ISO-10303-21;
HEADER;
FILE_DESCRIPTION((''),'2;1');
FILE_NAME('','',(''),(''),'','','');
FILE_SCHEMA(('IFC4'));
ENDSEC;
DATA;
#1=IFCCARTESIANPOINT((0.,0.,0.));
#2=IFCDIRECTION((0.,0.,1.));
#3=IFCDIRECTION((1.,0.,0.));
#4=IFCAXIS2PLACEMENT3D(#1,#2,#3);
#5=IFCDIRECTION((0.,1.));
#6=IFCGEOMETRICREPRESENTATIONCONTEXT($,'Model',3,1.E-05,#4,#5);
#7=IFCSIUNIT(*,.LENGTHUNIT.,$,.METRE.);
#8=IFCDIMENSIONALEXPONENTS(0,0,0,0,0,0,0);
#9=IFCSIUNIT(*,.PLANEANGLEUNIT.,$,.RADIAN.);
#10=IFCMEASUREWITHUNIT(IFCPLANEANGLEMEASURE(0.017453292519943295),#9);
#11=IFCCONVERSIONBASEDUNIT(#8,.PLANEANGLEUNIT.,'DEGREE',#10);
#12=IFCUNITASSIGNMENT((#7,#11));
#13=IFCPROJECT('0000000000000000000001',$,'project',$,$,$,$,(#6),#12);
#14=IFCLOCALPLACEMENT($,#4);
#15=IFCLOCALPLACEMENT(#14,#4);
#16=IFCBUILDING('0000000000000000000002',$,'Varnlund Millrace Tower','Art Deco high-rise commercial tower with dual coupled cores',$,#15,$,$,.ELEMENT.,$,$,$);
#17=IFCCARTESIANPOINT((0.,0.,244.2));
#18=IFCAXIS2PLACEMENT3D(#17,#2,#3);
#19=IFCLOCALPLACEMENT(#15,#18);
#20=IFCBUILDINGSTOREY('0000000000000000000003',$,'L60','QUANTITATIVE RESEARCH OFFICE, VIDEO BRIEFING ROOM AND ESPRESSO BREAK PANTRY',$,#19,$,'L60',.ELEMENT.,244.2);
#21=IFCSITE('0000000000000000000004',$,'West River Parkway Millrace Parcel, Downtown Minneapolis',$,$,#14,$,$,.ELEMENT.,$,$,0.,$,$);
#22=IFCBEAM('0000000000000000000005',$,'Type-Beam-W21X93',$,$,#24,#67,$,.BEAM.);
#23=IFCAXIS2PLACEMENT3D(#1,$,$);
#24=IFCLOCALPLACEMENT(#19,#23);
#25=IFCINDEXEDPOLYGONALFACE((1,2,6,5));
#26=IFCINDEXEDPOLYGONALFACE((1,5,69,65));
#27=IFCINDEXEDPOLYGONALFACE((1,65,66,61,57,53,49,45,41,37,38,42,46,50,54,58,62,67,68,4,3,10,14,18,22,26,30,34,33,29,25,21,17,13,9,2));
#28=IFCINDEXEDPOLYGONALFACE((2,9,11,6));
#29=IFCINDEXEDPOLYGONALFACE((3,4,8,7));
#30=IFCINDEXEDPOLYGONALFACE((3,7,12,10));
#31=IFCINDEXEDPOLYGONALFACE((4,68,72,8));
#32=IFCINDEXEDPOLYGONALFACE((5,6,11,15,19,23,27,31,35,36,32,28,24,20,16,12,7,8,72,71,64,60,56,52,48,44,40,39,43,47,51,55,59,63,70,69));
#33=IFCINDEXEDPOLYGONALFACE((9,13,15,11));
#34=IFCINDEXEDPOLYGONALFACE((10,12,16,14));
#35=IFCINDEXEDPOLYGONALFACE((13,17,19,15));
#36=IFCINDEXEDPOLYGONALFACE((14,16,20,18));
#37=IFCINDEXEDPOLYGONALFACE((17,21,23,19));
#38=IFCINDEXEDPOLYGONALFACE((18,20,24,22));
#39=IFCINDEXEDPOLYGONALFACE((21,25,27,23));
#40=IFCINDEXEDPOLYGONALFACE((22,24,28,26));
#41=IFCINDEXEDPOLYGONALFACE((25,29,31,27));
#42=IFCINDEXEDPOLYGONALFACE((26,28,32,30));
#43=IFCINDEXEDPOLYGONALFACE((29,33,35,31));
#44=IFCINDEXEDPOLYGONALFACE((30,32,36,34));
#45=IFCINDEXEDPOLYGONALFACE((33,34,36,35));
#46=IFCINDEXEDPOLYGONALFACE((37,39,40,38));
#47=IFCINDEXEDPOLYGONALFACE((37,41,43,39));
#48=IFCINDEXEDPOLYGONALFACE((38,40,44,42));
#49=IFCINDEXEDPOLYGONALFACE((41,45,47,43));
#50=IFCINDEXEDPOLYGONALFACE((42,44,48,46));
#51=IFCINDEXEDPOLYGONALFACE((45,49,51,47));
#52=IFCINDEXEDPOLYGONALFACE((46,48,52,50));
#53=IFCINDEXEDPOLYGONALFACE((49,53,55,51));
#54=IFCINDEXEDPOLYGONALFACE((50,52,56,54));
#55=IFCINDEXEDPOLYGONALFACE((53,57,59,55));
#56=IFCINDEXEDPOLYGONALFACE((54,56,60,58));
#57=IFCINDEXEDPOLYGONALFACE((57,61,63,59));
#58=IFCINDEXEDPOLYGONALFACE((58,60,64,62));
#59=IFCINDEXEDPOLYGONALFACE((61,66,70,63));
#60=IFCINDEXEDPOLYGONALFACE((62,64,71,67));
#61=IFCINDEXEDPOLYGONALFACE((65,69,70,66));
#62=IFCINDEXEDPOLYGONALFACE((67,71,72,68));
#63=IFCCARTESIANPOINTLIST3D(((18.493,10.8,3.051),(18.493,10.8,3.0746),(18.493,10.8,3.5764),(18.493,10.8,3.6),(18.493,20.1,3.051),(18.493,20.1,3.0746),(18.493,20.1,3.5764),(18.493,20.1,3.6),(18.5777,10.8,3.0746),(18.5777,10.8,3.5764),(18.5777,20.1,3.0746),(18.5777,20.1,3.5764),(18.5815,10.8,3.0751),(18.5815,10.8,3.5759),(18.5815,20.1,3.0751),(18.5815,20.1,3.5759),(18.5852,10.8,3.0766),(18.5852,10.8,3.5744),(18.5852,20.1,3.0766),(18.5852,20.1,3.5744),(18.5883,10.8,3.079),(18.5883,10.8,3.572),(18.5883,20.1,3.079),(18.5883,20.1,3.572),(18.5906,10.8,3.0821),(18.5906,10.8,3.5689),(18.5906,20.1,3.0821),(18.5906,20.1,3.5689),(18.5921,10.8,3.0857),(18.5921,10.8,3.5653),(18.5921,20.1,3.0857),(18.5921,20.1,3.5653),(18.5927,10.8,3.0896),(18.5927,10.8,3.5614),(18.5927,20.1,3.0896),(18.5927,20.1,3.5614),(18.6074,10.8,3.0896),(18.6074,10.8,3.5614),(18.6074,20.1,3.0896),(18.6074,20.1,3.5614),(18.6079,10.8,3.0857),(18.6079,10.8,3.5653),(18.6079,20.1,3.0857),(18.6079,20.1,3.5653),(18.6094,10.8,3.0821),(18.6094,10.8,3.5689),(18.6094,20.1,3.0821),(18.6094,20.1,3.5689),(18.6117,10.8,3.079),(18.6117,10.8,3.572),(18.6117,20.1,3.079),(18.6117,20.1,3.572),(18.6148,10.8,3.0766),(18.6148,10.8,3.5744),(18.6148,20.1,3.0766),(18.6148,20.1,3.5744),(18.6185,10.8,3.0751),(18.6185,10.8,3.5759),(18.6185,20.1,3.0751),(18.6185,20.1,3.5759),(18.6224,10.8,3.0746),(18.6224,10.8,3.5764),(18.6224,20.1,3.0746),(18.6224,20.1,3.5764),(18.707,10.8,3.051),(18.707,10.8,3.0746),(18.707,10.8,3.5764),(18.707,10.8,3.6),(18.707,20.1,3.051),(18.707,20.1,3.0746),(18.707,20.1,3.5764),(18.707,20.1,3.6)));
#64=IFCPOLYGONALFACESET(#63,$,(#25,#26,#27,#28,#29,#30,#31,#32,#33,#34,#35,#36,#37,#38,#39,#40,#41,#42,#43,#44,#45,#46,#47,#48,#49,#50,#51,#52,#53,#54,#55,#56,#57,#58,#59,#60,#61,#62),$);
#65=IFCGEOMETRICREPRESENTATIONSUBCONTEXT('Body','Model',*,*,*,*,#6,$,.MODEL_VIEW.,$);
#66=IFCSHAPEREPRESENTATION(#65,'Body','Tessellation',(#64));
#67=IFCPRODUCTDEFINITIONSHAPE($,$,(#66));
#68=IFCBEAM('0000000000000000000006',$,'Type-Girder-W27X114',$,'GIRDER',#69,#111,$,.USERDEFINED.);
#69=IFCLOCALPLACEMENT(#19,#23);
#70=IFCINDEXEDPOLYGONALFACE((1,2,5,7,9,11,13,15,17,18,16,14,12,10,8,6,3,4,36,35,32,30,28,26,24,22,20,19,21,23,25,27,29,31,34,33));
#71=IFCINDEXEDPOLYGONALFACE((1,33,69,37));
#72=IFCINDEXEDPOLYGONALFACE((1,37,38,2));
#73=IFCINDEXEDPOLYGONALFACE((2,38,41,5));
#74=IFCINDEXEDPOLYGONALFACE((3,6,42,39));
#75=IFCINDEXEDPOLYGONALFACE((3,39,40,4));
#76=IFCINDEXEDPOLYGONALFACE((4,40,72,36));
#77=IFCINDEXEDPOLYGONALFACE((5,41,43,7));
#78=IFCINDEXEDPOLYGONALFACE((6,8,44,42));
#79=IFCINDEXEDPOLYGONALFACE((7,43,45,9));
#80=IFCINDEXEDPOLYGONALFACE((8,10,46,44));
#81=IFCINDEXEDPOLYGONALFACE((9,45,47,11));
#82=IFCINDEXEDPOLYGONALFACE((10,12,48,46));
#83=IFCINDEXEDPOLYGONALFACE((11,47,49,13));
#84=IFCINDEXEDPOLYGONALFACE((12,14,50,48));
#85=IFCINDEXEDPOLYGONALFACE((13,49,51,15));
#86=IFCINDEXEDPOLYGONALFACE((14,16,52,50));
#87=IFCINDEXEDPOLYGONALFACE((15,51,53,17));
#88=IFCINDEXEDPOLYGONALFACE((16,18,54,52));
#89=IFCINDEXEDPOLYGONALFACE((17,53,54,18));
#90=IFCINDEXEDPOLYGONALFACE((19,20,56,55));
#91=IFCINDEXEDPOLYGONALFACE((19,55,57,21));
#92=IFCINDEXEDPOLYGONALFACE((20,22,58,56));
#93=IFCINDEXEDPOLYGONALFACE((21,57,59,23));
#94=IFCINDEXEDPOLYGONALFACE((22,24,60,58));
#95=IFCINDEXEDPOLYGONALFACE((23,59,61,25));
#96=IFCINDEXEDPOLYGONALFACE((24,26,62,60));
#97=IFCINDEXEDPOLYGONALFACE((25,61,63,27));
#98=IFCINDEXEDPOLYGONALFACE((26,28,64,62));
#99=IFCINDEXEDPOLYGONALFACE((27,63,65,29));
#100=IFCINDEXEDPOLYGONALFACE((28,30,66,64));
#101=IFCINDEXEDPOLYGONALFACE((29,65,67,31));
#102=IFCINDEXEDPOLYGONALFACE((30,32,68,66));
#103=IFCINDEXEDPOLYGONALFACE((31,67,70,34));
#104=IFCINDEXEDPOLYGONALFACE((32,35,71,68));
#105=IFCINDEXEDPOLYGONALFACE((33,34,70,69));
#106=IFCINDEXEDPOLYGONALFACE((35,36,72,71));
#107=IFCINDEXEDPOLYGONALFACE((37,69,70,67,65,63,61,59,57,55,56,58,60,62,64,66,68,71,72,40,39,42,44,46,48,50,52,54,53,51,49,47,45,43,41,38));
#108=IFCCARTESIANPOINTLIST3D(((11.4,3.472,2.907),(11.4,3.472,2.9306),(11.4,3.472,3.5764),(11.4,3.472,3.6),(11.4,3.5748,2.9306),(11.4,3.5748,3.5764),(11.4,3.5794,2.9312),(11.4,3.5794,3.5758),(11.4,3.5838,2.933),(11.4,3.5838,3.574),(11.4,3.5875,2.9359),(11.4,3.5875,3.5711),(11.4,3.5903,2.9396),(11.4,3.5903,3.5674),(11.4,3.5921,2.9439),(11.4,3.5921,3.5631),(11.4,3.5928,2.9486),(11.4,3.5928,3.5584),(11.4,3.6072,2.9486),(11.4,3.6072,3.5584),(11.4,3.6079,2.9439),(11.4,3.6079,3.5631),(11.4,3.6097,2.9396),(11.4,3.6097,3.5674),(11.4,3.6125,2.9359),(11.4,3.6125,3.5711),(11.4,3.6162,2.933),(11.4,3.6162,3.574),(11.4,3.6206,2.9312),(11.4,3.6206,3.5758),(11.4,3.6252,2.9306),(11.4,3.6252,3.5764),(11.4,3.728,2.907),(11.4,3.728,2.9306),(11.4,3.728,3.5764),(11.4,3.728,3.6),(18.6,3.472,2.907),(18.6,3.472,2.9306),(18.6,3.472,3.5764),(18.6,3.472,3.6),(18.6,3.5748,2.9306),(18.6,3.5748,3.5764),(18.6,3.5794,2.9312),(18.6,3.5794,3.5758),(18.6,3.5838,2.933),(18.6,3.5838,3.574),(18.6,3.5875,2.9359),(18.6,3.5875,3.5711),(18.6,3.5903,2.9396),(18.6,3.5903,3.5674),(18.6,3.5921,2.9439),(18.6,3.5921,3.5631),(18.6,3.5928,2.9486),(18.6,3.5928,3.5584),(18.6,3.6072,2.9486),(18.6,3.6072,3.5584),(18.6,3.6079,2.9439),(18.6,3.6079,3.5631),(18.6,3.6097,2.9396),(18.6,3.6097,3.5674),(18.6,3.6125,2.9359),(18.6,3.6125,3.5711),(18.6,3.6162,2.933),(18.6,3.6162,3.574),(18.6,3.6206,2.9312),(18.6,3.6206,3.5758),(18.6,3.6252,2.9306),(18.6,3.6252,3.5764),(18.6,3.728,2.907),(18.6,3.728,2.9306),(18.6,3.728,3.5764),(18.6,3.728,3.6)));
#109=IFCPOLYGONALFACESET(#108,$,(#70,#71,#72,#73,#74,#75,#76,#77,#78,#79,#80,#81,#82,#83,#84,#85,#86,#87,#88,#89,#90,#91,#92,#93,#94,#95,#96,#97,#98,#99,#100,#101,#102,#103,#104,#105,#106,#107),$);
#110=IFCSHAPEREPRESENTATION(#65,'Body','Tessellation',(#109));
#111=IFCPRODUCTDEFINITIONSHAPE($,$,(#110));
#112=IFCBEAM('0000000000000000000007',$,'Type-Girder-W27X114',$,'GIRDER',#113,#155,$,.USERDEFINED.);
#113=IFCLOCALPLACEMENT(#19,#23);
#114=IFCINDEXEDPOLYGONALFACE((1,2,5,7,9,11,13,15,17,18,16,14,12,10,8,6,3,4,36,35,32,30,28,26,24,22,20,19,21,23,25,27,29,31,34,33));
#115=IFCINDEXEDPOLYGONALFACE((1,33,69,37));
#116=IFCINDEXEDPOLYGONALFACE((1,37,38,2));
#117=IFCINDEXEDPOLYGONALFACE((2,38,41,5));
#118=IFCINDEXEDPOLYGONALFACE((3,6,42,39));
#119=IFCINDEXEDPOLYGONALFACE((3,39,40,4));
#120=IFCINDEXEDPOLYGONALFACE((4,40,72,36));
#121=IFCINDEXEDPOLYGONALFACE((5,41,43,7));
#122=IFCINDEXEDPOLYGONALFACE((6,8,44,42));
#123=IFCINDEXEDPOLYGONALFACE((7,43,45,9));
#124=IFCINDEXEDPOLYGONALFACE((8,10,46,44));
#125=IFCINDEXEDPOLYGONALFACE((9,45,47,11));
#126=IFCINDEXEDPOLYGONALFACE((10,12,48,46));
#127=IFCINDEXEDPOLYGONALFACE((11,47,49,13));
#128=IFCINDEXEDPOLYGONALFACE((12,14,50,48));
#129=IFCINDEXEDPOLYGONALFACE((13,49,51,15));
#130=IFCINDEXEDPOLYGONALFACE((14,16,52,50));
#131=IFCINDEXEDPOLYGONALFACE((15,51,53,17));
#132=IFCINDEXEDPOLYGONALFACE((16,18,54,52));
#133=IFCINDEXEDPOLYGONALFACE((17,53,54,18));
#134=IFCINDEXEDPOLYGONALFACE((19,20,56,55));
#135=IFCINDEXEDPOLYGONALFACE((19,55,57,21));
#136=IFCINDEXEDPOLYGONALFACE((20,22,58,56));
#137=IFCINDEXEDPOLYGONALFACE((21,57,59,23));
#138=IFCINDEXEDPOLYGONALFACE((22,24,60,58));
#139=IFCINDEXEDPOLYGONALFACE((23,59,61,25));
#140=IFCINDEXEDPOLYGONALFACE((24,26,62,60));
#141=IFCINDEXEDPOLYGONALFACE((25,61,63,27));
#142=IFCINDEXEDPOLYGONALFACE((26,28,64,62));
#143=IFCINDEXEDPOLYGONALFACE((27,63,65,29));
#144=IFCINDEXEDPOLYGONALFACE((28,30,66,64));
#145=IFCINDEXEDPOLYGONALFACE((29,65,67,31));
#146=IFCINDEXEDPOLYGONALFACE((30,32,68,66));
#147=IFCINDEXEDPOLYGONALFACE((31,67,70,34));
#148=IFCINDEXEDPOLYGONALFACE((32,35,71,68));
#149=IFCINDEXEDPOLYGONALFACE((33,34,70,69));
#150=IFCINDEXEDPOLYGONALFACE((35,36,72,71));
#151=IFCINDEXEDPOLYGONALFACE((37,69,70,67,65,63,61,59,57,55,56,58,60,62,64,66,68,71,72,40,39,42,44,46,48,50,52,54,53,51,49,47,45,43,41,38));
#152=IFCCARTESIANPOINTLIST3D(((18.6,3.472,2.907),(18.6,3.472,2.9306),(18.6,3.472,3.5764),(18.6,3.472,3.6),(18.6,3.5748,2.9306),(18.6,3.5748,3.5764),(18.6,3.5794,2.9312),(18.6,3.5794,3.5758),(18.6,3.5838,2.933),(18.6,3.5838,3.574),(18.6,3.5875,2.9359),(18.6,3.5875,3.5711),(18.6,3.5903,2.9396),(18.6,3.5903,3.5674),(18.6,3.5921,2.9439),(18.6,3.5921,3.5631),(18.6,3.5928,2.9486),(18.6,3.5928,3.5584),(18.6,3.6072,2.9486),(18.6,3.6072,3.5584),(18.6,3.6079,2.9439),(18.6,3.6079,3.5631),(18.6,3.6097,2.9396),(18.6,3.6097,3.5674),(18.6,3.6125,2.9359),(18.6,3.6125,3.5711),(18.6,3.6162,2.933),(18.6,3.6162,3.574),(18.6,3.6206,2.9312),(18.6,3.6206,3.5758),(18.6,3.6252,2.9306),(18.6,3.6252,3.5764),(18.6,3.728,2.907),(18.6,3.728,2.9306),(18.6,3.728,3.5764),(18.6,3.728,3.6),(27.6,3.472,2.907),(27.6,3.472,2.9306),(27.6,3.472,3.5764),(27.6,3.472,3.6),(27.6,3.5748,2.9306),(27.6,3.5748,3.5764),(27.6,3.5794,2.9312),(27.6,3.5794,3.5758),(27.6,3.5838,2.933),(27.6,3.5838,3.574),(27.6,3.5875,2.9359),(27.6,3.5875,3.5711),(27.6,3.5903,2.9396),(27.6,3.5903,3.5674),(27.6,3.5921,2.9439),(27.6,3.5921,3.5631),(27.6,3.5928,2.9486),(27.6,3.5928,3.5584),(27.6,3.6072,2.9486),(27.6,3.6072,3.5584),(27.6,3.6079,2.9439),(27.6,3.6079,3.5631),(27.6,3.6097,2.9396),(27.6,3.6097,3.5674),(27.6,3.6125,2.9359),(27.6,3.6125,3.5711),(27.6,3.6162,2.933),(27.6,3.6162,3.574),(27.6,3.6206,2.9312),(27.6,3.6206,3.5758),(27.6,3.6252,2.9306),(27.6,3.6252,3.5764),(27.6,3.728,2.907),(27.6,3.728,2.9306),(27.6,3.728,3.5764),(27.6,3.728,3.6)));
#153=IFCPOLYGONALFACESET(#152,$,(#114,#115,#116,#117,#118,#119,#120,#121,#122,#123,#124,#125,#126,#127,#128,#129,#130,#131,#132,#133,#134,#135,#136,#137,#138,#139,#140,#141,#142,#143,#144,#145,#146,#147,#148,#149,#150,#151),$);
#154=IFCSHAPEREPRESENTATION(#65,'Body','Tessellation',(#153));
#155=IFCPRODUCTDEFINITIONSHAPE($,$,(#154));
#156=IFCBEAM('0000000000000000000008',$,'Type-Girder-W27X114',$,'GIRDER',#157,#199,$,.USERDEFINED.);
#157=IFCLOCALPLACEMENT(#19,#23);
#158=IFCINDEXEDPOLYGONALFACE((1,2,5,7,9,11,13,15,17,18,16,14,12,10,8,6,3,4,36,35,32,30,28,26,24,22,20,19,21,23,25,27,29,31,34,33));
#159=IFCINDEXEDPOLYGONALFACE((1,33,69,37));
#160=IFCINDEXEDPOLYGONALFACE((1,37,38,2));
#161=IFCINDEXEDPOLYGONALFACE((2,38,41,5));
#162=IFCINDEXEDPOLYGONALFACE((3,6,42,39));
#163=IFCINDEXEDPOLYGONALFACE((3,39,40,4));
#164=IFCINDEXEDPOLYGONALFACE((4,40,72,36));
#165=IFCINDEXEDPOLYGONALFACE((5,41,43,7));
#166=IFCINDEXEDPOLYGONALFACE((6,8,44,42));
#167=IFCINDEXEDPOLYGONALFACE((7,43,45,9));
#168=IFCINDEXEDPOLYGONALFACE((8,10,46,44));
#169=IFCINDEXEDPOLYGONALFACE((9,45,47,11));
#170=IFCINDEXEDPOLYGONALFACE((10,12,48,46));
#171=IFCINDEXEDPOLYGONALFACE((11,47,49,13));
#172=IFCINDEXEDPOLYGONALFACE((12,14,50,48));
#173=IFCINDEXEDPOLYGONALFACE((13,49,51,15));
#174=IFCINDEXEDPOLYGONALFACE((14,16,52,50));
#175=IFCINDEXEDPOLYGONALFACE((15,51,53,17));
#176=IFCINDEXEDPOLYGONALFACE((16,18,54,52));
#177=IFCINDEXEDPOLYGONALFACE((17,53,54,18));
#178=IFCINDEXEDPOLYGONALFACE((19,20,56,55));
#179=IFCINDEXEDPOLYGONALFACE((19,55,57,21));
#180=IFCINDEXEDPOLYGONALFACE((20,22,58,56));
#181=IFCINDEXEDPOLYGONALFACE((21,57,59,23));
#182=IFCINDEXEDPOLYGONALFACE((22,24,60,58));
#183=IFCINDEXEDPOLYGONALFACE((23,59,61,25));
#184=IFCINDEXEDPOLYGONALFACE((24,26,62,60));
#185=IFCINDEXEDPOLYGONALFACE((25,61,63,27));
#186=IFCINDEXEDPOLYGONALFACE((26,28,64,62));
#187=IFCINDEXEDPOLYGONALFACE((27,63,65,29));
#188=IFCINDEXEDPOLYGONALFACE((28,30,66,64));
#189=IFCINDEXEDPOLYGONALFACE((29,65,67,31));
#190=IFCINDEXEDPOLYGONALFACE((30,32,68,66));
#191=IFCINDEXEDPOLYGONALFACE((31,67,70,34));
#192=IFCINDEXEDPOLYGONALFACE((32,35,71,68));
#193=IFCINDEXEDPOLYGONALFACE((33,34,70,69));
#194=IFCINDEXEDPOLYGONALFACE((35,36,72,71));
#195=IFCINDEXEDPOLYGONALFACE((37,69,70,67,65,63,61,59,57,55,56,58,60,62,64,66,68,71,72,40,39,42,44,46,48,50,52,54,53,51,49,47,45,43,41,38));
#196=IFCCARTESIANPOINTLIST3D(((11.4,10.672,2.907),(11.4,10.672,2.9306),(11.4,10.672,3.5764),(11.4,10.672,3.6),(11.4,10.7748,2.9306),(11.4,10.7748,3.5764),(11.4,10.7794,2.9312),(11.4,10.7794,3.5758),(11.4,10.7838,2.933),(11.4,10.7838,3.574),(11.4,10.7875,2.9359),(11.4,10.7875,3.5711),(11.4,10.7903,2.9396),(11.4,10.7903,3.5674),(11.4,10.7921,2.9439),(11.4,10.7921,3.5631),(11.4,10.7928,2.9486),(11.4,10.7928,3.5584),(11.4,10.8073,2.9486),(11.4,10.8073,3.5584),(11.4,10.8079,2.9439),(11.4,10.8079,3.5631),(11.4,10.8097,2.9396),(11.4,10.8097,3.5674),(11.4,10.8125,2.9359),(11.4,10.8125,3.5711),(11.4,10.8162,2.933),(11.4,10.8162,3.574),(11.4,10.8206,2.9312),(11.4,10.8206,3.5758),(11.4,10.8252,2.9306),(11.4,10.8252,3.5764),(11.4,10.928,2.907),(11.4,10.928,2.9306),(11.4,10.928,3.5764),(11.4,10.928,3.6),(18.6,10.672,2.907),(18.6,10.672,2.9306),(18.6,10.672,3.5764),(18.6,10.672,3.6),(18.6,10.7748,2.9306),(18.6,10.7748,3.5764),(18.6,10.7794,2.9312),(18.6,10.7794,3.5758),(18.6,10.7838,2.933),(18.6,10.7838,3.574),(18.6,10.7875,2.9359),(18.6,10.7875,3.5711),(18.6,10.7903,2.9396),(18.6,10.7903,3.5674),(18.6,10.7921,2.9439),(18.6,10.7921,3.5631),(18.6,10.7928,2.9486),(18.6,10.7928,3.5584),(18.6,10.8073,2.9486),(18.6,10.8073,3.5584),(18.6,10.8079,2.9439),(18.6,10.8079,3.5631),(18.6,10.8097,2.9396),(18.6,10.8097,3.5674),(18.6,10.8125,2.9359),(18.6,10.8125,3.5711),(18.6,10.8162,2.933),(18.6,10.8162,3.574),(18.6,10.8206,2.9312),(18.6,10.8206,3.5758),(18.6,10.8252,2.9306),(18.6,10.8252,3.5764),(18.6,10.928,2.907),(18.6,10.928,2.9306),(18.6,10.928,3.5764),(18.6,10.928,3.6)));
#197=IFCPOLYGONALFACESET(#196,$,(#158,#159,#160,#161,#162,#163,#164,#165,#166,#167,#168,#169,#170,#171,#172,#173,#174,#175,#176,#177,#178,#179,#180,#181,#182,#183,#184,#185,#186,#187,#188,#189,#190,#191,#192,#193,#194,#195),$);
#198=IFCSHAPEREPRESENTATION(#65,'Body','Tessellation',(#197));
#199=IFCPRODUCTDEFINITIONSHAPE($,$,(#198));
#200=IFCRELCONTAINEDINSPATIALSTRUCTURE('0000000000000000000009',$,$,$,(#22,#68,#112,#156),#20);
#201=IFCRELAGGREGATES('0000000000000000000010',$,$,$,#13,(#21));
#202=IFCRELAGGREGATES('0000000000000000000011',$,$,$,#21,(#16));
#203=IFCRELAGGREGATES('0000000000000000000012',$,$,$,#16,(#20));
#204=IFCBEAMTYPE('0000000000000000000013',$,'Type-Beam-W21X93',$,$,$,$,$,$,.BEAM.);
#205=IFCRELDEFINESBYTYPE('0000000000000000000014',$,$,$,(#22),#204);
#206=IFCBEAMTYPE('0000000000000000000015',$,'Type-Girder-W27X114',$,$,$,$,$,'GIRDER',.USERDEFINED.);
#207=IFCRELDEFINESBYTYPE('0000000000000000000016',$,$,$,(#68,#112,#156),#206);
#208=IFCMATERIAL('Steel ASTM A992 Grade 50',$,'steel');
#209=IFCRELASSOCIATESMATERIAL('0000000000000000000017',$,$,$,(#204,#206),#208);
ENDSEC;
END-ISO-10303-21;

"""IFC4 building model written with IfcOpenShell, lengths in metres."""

from ifc_helpers import new_model, entity, si_unit, converted_unit, direction, frame, origin_with_axes, origin_2d_with_axis, place, context, subcontext, project, spatial, i_section, extrude, material, material_profile, profile_set, type_object, element, save


model = new_model("IFC4")

# Units and contexts
model_context = context("Model", 3, precision=1e-05, world=origin_with_axes(), true_north=direction((0.0, 1.0)))
body_context = subcontext(model_context, "Body", "Model", "MODEL_VIEW")
ifc_project = project(units=[si_unit("LENGTHUNIT", "METRE"), converted_unit("PLANEANGLEUNIT", "DEGREE", entity("IfcPlaneAngleMeasure", 0.017453292519943295), si_unit("PLANEANGLEUNIT", "RADIAN"), dimensions=[0, 0, 0, 0, 0, 0, 0])], contexts=[model_context])

# Site, building, storey
site_placement = place(None, origin_with_axes())
site = spatial("IfcSite", under=ifc_project, at=site_placement, Name="West River Parkway Millrace Parcel, Downtown Minneapolis", CompositionType="ELEMENT", RefElevation=0.0)
building_placement = place(site_placement, origin_with_axes())
building = spatial("IfcBuilding", under=site, at=building_placement, Name="Varnlund Millrace Tower", Description="Art Deco high-rise commercial tower with dual coupled cores", CompositionType="ELEMENT")
storey_placement = place(building_placement, frame((0.0, 0.0, 244.2), z_axis=(0.0, 0.0, 1.0), x_axis=(1.0, 0.0, 0.0)))
storey = spatial("IfcBuildingStorey", under=building, at=storey_placement, Name="L60", Description="QUANTITATIVE RESEARCH OFFICE, VIDEO BRIEFING ROOM AND ESPRESSO BREAK PANTRY", LongName="L60", CompositionType="ELEMENT", Elevation=244.2)

# Beams
ifc_material_1 = material(Name="Steel ASTM A992 Grade 50", Category="steel")
ifc_material_profile_1 = material_profile(ifc_material_1, i_section(OverallWidth=0.214, OverallDepth=0.549, WebThickness=0.0147, FlangeThickness=0.0236, FilletRadius=0.015, at=origin_2d_with_axis()), Name="Steel ASTM A992 Grade 50")
ifc_profile_set_1 = profile_set([ifc_material_profile_1], Name="Steel ASTM A992 Grade 50")
beam_type_1 = type_object("IfcBeamType", Name="Type-Beam-W21X93", PredefinedType="BEAM", material=ifc_profile_set_1)
beam_1_placement = place(storey_placement, frame((18.6, 10.8, 3.3255), z_axis=(0.0, 1.0, 0.0), x_axis=(-1.0, 0.0, 0.0)))
element("IfcBeam", 1, at=beam_1_placement, inside=storey, type_object=beam_type_1, Name="Type-Beam-W21X93", PredefinedType="BEAM", context=body_context, shape_type="SweptSolid", body=[
    extrude(i_section(OverallWidth=0.214, OverallDepth=0.549, WebThickness=0.0147, FlangeThickness=0.0236, FilletRadius=0.015, at=origin_2d_with_axis()), origin_with_axes(), (0.0, 0.0, 1.0), 9.3),
])
ifc_material_profile_2 = material_profile(ifc_material_1, i_section(OverallWidth=0.256, OverallDepth=0.693, WebThickness=0.0145, FlangeThickness=0.0236, FilletRadius=0.018, at=origin_2d_with_axis()), Name="Steel ASTM A992 Grade 50")
ifc_profile_set_2 = profile_set([ifc_material_profile_2], Name="Steel ASTM A992 Grade 50")
beam_type_2 = type_object("IfcBeamType", Name="Type-Girder-W27X114", ElementType="GIRDER", PredefinedType="USERDEFINED", material=ifc_profile_set_2)
beam_2_placement = place(storey_placement, frame((11.4, 3.6, 3.2535), z_axis=(1.0, 0.0, 0.0), x_axis=(0.0, 1.0, 0.0)))
element("IfcBeam", 2, at=beam_2_placement, inside=storey, type_object=beam_type_2, Name="Type-Girder-W27X114", ObjectType="GIRDER", PredefinedType="USERDEFINED", context=body_context, shape_type="SweptSolid", body=[
    extrude(i_section(OverallWidth=0.256, OverallDepth=0.693, WebThickness=0.0145, FlangeThickness=0.0236, FilletRadius=0.018, at=origin_2d_with_axis()), origin_with_axes(), (0.0, 0.0, 1.0), 7.2),
])
beam_3_placement = place(storey_placement, frame((18.6, 3.6, 3.2535), z_axis=(1.0, 0.0, 0.0), x_axis=(0.0, 1.0, 0.0)))
element("IfcBeam", 3, at=beam_3_placement, inside=storey, type_object=beam_type_2, Name="Type-Girder-W27X114", ObjectType="GIRDER", PredefinedType="USERDEFINED", context=body_context, shape_type="SweptSolid", body=[
    extrude(i_section(OverallWidth=0.256, OverallDepth=0.693, WebThickness=0.0145, FlangeThickness=0.0236, FilletRadius=0.018, at=origin_2d_with_axis()), origin_with_axes(), (0.0, 0.0, 1.0), 9.0),
])
beam_4_placement = place(storey_placement, frame((11.4, 10.8, 3.2535), z_axis=(1.0, 0.0, 0.0), x_axis=(0.0, 1.0, 0.0)))
element("IfcBeam", 4, at=beam_4_placement, inside=storey, type_object=beam_type_2, Name="Type-Girder-W27X114", ObjectType="GIRDER", PredefinedType="USERDEFINED", context=body_context, shape_type="SweptSolid", body=[
    extrude(i_section(OverallWidth=0.256, OverallDepth=0.693, WebThickness=0.0145, FlangeThickness=0.0236, FilletRadius=0.018, at=origin_2d_with_axis()), origin_with_axes(), (0.0, 0.0, 1.0), 7.2),
])

save(model, "model.ifc")
